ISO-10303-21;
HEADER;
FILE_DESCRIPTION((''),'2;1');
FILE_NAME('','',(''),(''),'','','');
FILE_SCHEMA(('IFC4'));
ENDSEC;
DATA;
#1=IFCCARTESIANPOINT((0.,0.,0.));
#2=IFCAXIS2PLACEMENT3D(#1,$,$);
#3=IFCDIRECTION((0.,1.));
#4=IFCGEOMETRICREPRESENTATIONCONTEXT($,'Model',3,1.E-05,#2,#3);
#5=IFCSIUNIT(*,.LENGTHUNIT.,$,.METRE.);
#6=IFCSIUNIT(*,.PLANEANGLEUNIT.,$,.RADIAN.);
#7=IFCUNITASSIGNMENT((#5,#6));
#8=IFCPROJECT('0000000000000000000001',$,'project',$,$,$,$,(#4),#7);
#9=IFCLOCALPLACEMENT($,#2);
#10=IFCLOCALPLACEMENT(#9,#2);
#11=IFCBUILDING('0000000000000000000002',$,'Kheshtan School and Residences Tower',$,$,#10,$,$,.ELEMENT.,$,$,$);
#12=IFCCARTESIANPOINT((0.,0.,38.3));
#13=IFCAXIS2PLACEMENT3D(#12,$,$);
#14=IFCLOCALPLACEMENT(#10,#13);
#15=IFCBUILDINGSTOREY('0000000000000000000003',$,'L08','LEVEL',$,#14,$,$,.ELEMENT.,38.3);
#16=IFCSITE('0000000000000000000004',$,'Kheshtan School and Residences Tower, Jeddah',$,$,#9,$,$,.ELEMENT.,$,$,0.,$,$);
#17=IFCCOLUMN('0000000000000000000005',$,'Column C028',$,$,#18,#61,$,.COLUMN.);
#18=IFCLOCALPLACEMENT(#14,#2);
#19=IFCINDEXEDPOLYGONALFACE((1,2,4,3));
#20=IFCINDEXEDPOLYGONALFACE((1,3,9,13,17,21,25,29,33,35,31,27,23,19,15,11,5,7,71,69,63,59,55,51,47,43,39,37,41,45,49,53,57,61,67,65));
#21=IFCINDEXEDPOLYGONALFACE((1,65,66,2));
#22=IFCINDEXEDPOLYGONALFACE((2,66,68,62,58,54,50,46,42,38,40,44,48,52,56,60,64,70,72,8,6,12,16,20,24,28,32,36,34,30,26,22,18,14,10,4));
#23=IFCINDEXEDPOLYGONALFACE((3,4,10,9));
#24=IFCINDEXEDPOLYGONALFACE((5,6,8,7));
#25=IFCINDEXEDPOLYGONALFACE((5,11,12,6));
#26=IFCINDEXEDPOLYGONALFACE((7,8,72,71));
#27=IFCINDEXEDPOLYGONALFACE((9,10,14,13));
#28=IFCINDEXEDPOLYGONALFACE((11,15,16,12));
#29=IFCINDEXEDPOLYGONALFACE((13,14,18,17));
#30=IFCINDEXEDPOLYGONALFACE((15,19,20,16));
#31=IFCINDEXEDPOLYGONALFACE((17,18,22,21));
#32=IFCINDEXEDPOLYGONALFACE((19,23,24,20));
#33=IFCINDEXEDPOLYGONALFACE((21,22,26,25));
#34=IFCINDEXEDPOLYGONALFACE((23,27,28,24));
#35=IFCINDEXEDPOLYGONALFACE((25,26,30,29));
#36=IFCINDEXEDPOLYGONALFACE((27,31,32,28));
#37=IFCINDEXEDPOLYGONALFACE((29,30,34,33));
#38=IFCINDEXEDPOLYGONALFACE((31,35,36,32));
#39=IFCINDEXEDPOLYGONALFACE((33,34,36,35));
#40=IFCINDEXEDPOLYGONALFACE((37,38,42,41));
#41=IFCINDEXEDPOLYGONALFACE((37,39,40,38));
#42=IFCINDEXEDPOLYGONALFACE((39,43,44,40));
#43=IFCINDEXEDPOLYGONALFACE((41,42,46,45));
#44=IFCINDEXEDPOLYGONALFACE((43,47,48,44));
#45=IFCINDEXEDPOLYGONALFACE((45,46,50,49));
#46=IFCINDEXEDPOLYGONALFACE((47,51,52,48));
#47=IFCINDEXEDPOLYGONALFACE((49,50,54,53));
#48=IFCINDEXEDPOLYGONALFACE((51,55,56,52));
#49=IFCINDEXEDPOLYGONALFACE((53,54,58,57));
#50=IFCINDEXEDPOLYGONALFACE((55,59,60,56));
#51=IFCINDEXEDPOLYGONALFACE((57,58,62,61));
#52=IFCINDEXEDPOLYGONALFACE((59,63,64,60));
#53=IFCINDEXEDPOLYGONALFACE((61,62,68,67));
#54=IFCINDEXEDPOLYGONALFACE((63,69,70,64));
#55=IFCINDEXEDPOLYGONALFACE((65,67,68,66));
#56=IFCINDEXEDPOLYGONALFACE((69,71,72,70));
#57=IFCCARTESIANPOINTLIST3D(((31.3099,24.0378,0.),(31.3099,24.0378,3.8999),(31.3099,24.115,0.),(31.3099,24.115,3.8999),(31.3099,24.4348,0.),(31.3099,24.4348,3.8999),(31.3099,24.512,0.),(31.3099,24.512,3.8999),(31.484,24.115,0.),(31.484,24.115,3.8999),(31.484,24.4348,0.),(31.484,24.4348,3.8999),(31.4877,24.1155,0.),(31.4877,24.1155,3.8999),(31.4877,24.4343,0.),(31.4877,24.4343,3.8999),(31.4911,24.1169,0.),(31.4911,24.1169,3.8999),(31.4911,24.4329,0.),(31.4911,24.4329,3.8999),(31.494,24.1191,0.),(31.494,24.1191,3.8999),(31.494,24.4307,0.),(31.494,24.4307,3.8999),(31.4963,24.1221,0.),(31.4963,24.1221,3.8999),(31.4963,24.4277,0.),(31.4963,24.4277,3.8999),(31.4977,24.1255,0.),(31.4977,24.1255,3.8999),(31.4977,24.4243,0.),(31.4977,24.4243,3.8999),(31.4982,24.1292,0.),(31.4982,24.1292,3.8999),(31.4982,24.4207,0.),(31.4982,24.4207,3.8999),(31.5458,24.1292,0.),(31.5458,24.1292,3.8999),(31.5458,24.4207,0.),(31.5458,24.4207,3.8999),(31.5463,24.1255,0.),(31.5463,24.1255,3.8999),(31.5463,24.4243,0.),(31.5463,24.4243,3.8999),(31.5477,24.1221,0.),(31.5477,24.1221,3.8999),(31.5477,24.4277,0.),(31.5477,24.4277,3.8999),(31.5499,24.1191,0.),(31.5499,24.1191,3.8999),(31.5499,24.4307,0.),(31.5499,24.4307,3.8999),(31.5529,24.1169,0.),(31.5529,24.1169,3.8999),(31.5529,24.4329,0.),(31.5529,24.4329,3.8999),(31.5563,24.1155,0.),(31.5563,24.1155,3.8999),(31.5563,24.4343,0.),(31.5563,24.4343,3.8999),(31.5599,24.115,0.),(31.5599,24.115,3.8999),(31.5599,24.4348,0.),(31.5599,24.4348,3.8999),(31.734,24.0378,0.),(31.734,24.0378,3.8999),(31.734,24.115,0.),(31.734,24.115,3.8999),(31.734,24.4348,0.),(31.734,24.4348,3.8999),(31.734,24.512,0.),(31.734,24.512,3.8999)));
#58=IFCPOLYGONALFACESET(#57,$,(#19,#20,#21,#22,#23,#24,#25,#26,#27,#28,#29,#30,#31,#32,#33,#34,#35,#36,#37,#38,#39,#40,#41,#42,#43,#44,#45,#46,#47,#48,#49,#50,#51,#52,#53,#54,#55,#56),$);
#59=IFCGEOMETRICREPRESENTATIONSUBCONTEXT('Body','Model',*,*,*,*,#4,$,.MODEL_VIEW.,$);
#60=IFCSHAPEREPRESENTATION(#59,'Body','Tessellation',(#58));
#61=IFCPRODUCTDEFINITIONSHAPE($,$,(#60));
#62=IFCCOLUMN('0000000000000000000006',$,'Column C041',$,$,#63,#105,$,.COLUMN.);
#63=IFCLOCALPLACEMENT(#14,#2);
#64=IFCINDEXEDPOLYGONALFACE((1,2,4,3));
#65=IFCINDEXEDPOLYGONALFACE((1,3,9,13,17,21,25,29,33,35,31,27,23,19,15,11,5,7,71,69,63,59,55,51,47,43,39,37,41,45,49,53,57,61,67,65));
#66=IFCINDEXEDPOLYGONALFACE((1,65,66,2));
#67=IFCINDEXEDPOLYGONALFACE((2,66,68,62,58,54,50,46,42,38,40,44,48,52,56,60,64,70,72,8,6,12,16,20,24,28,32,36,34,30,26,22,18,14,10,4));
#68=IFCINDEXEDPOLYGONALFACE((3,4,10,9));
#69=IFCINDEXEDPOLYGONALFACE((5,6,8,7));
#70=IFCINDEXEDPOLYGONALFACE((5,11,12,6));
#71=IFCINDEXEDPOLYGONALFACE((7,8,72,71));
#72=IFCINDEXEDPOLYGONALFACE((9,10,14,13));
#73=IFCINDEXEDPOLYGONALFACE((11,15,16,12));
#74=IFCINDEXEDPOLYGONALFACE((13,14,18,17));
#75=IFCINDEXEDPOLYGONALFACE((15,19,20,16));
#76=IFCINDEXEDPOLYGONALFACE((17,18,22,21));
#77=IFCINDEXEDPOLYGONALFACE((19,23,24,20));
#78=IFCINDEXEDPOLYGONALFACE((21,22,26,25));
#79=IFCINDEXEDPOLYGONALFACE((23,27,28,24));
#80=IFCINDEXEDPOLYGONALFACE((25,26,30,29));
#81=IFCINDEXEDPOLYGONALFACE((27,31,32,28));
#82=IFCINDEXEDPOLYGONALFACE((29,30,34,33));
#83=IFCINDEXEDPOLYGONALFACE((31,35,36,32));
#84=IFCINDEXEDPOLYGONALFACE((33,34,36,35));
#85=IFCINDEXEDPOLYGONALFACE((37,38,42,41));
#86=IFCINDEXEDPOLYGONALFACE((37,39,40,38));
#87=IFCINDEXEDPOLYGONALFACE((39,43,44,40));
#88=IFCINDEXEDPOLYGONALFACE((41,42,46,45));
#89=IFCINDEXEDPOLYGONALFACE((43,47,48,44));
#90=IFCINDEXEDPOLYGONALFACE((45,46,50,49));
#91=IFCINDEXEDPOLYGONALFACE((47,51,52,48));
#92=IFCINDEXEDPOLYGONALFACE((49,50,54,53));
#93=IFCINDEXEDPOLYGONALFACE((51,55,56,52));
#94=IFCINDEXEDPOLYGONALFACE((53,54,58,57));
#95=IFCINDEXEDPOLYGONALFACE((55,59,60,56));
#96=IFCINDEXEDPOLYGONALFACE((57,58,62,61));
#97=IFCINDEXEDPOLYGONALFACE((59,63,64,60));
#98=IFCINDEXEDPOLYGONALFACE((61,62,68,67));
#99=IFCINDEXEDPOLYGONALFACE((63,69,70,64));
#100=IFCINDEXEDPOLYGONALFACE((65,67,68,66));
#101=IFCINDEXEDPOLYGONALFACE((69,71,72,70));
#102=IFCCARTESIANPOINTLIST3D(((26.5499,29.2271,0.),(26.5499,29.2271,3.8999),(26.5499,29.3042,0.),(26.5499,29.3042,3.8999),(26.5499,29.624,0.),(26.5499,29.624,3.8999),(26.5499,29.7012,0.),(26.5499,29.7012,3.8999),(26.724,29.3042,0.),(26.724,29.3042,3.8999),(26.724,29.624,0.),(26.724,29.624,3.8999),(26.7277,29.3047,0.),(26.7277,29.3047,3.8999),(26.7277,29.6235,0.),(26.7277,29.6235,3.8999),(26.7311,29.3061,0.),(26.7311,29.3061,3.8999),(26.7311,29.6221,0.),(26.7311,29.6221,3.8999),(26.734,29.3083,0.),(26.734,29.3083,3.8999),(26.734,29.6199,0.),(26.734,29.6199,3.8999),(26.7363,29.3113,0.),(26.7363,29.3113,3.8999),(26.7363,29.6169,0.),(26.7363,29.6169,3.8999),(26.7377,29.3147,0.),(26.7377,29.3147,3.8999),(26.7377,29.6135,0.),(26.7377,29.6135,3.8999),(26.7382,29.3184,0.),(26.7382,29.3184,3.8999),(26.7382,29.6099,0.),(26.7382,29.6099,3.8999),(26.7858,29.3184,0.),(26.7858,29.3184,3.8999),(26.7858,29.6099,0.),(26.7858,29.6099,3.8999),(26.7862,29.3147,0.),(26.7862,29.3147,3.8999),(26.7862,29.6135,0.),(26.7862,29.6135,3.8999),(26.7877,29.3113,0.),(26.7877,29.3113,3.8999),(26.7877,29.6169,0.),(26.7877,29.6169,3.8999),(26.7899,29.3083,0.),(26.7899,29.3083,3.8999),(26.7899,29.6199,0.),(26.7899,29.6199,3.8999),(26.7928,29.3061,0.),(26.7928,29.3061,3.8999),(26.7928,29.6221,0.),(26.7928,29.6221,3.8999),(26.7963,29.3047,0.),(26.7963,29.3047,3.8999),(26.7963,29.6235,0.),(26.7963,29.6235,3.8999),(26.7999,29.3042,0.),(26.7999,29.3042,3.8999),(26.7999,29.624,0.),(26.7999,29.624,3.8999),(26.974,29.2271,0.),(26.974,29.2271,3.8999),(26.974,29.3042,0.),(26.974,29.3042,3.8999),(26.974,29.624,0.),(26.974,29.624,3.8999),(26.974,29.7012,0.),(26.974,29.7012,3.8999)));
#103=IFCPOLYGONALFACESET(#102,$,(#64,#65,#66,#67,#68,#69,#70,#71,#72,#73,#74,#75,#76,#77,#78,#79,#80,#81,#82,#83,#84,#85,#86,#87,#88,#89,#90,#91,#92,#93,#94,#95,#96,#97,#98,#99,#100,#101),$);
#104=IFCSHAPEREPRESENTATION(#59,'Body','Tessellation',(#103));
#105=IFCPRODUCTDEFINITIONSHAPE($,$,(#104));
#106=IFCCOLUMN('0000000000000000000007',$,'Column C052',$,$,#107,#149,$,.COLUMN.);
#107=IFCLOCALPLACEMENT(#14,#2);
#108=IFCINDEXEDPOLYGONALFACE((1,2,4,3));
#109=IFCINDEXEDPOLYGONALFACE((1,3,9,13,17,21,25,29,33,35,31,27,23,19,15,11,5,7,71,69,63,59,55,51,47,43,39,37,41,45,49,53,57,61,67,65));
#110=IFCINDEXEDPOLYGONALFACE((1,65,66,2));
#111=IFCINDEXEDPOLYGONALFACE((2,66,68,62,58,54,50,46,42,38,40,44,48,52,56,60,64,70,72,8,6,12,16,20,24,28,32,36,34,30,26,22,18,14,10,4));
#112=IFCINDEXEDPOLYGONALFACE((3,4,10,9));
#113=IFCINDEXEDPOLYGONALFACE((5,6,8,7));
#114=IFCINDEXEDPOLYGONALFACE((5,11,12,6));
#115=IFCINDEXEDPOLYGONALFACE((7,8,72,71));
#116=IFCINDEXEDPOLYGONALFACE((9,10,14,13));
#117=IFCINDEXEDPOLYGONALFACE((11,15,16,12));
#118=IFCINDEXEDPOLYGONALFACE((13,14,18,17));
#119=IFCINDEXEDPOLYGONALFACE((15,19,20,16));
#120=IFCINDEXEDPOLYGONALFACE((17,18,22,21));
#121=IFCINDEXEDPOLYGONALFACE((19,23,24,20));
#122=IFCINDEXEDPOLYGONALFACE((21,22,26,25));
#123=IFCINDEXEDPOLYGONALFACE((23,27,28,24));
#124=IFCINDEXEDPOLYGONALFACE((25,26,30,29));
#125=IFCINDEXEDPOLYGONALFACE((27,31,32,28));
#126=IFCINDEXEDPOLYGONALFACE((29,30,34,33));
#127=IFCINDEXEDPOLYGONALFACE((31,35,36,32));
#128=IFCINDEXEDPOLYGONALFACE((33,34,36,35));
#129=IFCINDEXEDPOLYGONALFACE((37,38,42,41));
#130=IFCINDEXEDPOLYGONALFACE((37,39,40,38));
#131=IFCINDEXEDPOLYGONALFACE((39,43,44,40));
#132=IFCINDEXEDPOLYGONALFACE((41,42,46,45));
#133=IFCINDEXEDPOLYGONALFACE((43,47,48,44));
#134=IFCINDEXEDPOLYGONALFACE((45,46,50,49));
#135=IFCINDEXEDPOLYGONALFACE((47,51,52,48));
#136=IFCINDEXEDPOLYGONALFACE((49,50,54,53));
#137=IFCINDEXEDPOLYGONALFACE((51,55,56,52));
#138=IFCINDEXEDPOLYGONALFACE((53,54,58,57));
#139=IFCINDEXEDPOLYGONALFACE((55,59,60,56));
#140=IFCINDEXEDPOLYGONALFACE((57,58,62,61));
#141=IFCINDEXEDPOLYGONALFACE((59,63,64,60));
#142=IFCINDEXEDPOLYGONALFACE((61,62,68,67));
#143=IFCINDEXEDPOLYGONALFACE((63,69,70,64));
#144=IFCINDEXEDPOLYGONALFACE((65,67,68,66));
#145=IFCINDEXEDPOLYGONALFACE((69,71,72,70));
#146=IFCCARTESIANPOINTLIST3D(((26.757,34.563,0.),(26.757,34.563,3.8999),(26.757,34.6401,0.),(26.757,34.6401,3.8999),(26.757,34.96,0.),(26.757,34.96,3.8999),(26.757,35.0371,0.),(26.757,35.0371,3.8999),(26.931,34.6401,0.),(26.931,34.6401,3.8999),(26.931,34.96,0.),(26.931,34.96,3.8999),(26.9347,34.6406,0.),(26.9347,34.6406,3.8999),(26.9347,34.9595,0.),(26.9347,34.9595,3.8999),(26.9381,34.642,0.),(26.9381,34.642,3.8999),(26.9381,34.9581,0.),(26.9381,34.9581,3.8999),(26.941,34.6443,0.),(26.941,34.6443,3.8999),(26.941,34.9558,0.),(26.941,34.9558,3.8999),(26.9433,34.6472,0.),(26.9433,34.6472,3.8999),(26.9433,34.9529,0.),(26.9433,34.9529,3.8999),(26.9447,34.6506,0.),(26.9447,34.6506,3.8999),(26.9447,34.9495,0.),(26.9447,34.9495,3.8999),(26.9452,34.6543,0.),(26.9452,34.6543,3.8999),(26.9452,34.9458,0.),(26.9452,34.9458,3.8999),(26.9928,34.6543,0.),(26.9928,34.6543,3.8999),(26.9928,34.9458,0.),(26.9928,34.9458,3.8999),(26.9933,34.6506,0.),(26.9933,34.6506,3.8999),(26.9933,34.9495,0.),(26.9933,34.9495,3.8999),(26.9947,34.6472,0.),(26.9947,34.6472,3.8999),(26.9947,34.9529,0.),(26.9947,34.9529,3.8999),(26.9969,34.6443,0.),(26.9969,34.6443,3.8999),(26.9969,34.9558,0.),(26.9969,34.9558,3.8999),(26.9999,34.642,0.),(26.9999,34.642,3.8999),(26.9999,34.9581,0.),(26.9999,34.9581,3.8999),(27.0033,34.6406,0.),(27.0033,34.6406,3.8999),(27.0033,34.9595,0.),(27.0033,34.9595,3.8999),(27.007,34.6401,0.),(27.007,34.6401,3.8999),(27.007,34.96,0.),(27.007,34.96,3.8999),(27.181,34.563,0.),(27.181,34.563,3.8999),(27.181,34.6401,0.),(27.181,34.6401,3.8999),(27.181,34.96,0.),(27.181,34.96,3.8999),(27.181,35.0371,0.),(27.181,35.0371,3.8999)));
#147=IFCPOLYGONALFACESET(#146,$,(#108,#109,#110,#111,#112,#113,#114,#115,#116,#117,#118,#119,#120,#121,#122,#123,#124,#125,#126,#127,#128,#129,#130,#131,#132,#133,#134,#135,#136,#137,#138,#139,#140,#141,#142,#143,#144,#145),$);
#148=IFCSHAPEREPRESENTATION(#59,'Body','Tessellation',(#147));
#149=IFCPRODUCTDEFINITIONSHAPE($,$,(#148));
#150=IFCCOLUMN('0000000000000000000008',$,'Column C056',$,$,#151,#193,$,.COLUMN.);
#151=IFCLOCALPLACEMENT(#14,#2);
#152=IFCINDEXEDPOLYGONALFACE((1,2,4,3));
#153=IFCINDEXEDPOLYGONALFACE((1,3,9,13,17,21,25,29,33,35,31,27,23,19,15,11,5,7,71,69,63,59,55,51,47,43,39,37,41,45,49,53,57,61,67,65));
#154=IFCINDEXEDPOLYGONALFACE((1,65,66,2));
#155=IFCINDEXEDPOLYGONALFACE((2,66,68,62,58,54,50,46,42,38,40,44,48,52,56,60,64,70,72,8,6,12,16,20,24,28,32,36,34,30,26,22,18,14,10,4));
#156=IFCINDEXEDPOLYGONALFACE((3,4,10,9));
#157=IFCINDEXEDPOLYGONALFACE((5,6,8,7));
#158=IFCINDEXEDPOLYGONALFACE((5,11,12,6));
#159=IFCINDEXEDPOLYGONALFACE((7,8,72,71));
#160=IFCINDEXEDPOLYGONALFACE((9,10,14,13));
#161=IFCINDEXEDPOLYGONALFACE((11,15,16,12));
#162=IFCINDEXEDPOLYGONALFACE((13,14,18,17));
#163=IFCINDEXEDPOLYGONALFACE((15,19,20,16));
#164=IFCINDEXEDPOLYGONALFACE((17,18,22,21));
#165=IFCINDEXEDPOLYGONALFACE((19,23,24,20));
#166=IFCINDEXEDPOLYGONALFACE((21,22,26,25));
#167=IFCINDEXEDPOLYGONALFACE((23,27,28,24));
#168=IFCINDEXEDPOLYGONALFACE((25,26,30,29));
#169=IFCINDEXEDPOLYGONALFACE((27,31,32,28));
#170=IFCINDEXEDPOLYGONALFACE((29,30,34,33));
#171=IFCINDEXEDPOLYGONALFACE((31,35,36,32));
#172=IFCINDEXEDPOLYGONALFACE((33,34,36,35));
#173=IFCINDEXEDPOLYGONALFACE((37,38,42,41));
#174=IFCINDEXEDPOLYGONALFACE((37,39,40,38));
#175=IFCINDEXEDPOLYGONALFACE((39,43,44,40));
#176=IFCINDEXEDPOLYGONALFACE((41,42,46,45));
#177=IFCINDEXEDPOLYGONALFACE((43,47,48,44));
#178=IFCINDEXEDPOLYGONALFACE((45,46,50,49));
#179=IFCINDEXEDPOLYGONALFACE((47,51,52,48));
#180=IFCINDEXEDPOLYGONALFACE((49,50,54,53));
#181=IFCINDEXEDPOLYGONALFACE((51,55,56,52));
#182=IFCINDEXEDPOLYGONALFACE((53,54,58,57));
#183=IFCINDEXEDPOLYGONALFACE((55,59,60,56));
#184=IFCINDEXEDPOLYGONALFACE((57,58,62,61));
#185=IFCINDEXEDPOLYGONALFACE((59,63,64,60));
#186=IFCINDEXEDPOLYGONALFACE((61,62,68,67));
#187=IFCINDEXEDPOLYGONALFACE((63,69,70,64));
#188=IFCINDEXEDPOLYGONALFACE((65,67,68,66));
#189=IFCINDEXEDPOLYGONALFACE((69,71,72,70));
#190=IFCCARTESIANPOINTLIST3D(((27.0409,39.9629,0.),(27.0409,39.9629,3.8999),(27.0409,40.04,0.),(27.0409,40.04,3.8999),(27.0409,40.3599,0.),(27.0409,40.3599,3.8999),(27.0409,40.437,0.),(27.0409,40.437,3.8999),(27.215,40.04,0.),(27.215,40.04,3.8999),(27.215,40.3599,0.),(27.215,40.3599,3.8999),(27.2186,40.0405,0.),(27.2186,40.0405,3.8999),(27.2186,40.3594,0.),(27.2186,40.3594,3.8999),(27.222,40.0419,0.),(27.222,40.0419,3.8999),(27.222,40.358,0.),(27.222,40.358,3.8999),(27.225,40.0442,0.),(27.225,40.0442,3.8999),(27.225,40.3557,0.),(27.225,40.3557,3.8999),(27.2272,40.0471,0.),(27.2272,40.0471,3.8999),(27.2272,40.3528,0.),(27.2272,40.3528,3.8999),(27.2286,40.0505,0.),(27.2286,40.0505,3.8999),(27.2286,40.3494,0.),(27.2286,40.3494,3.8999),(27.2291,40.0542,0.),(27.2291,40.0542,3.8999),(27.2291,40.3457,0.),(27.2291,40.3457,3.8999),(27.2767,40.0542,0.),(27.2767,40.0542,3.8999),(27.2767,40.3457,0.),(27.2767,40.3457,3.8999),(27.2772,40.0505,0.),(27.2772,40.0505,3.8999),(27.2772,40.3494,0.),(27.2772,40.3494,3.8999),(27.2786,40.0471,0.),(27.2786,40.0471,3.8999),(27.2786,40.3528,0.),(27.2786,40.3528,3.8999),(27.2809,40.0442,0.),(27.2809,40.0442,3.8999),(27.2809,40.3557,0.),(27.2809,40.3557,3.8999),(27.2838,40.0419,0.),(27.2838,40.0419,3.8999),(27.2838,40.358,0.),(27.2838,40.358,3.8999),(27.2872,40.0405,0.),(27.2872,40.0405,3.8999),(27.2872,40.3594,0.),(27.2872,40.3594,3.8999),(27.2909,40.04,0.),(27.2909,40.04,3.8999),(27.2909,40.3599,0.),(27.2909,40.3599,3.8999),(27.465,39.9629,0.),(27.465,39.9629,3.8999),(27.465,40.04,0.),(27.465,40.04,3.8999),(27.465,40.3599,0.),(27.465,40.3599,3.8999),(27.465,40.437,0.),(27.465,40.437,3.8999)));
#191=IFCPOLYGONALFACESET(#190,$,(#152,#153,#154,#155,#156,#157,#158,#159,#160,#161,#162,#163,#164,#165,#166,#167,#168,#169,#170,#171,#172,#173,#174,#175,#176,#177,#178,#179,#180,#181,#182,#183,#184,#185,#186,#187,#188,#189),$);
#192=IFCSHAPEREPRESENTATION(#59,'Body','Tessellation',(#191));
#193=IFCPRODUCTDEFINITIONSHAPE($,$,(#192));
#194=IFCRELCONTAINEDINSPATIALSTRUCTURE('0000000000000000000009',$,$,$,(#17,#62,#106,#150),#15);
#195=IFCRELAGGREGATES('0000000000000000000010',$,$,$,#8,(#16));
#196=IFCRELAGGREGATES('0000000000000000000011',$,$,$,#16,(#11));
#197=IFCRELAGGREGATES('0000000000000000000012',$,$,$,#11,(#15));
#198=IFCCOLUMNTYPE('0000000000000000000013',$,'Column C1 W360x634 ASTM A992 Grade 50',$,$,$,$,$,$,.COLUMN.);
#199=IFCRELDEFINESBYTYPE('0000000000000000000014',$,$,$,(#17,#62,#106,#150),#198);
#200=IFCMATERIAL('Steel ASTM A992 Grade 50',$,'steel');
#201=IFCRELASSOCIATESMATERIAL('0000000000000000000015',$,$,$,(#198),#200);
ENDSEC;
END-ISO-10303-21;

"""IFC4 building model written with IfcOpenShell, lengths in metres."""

from ifc_helpers import new_model, si_unit, direction, frame, origin, origin_2d, place, context, subcontext, project, spatial, i_section, extrude, material, material_profile, profile_set, type_object, element, save


model = new_model("IFC4")

# Units and contexts
model_context = context("Model", 3, precision=1e-05, world=origin(), true_north=direction((0.0, 1.0)))
body_context = subcontext(model_context, "Body", "Model", "MODEL_VIEW")
ifc_project = project(units=[si_unit("LENGTHUNIT", "METRE"), si_unit("PLANEANGLEUNIT", "RADIAN")], contexts=[model_context])

# Site, building, storey
site_placement = place(None, origin())
site = spatial("IfcSite", under=ifc_project, at=site_placement, Name="Kheshtan School and Residences Tower, Jeddah", CompositionType="ELEMENT", RefElevation=0.0)
building_placement = place(site_placement, origin())
building = spatial("IfcBuilding", under=site, at=building_placement, Name="Kheshtan School and Residences Tower", CompositionType="ELEMENT")
storey_placement = place(building_placement, frame((0.0, 0.0, 38.3)))
storey = spatial("IfcBuildingStorey", under=building, at=storey_placement, Name="L08", Description="LEVEL", CompositionType="ELEMENT", Elevation=38.3)

# Columns
ifc_material_1 = material(Name="Steel ASTM A992 Grade 50", Category="steel")
ifc_material_profile_1 = material_profile(ifc_material_1, i_section(OverallWidth=0.4241, OverallDepth=0.4741, WebThickness=0.0476, FlangeThickness=0.0771, FilletRadius=0.0142, at=origin_2d()), Name="W360x634")
ifc_profile_set_1 = profile_set([ifc_material_profile_1], Name="Steel ASTM A992 Grade 50")
column_type = type_object("IfcColumnType", Name="Column C1 W360x634 ASTM A992 Grade 50", PredefinedType="COLUMN", material=ifc_profile_set_1)
for number, where, z_axis, x_axis, name in (
    (1, (31.522, 24.2749, 0.0), (0.0, 0.0, 1.0), (1.0, 0.0, 0.0), "Column C028"),
    (2, (26.762, 29.4641, 0.0), (0.0, 0.0, 1.0), (1.0, 0.0, 0.0), "Column C041"),
    (3, (26.969, 34.8, 0.0), (0.0, 0.0, 1.0), (1.0, 0.0, 0.0), "Column C052"),
    (4, (27.2529, 40.2, 0.0), (0.0, 0.0, 1.0), (1.0, 0.0, 0.0), "Column C056"),
):
    element("IfcColumn", number, at=place(storey_placement, frame(where, z_axis=z_axis, x_axis=x_axis)), inside=storey, type_object=column_type, Name=name, PredefinedType="COLUMN", context=body_context, shape_type="SweptSolid", body=[
        extrude(i_section(OverallWidth=0.4241, OverallDepth=0.4741, WebThickness=0.0476, FlangeThickness=0.0771, FilletRadius=0.0142, at=origin_2d()), origin(), (0.0, 0.0, 1.0), 3.8999),
    ])

save(model, "model.ifc")
